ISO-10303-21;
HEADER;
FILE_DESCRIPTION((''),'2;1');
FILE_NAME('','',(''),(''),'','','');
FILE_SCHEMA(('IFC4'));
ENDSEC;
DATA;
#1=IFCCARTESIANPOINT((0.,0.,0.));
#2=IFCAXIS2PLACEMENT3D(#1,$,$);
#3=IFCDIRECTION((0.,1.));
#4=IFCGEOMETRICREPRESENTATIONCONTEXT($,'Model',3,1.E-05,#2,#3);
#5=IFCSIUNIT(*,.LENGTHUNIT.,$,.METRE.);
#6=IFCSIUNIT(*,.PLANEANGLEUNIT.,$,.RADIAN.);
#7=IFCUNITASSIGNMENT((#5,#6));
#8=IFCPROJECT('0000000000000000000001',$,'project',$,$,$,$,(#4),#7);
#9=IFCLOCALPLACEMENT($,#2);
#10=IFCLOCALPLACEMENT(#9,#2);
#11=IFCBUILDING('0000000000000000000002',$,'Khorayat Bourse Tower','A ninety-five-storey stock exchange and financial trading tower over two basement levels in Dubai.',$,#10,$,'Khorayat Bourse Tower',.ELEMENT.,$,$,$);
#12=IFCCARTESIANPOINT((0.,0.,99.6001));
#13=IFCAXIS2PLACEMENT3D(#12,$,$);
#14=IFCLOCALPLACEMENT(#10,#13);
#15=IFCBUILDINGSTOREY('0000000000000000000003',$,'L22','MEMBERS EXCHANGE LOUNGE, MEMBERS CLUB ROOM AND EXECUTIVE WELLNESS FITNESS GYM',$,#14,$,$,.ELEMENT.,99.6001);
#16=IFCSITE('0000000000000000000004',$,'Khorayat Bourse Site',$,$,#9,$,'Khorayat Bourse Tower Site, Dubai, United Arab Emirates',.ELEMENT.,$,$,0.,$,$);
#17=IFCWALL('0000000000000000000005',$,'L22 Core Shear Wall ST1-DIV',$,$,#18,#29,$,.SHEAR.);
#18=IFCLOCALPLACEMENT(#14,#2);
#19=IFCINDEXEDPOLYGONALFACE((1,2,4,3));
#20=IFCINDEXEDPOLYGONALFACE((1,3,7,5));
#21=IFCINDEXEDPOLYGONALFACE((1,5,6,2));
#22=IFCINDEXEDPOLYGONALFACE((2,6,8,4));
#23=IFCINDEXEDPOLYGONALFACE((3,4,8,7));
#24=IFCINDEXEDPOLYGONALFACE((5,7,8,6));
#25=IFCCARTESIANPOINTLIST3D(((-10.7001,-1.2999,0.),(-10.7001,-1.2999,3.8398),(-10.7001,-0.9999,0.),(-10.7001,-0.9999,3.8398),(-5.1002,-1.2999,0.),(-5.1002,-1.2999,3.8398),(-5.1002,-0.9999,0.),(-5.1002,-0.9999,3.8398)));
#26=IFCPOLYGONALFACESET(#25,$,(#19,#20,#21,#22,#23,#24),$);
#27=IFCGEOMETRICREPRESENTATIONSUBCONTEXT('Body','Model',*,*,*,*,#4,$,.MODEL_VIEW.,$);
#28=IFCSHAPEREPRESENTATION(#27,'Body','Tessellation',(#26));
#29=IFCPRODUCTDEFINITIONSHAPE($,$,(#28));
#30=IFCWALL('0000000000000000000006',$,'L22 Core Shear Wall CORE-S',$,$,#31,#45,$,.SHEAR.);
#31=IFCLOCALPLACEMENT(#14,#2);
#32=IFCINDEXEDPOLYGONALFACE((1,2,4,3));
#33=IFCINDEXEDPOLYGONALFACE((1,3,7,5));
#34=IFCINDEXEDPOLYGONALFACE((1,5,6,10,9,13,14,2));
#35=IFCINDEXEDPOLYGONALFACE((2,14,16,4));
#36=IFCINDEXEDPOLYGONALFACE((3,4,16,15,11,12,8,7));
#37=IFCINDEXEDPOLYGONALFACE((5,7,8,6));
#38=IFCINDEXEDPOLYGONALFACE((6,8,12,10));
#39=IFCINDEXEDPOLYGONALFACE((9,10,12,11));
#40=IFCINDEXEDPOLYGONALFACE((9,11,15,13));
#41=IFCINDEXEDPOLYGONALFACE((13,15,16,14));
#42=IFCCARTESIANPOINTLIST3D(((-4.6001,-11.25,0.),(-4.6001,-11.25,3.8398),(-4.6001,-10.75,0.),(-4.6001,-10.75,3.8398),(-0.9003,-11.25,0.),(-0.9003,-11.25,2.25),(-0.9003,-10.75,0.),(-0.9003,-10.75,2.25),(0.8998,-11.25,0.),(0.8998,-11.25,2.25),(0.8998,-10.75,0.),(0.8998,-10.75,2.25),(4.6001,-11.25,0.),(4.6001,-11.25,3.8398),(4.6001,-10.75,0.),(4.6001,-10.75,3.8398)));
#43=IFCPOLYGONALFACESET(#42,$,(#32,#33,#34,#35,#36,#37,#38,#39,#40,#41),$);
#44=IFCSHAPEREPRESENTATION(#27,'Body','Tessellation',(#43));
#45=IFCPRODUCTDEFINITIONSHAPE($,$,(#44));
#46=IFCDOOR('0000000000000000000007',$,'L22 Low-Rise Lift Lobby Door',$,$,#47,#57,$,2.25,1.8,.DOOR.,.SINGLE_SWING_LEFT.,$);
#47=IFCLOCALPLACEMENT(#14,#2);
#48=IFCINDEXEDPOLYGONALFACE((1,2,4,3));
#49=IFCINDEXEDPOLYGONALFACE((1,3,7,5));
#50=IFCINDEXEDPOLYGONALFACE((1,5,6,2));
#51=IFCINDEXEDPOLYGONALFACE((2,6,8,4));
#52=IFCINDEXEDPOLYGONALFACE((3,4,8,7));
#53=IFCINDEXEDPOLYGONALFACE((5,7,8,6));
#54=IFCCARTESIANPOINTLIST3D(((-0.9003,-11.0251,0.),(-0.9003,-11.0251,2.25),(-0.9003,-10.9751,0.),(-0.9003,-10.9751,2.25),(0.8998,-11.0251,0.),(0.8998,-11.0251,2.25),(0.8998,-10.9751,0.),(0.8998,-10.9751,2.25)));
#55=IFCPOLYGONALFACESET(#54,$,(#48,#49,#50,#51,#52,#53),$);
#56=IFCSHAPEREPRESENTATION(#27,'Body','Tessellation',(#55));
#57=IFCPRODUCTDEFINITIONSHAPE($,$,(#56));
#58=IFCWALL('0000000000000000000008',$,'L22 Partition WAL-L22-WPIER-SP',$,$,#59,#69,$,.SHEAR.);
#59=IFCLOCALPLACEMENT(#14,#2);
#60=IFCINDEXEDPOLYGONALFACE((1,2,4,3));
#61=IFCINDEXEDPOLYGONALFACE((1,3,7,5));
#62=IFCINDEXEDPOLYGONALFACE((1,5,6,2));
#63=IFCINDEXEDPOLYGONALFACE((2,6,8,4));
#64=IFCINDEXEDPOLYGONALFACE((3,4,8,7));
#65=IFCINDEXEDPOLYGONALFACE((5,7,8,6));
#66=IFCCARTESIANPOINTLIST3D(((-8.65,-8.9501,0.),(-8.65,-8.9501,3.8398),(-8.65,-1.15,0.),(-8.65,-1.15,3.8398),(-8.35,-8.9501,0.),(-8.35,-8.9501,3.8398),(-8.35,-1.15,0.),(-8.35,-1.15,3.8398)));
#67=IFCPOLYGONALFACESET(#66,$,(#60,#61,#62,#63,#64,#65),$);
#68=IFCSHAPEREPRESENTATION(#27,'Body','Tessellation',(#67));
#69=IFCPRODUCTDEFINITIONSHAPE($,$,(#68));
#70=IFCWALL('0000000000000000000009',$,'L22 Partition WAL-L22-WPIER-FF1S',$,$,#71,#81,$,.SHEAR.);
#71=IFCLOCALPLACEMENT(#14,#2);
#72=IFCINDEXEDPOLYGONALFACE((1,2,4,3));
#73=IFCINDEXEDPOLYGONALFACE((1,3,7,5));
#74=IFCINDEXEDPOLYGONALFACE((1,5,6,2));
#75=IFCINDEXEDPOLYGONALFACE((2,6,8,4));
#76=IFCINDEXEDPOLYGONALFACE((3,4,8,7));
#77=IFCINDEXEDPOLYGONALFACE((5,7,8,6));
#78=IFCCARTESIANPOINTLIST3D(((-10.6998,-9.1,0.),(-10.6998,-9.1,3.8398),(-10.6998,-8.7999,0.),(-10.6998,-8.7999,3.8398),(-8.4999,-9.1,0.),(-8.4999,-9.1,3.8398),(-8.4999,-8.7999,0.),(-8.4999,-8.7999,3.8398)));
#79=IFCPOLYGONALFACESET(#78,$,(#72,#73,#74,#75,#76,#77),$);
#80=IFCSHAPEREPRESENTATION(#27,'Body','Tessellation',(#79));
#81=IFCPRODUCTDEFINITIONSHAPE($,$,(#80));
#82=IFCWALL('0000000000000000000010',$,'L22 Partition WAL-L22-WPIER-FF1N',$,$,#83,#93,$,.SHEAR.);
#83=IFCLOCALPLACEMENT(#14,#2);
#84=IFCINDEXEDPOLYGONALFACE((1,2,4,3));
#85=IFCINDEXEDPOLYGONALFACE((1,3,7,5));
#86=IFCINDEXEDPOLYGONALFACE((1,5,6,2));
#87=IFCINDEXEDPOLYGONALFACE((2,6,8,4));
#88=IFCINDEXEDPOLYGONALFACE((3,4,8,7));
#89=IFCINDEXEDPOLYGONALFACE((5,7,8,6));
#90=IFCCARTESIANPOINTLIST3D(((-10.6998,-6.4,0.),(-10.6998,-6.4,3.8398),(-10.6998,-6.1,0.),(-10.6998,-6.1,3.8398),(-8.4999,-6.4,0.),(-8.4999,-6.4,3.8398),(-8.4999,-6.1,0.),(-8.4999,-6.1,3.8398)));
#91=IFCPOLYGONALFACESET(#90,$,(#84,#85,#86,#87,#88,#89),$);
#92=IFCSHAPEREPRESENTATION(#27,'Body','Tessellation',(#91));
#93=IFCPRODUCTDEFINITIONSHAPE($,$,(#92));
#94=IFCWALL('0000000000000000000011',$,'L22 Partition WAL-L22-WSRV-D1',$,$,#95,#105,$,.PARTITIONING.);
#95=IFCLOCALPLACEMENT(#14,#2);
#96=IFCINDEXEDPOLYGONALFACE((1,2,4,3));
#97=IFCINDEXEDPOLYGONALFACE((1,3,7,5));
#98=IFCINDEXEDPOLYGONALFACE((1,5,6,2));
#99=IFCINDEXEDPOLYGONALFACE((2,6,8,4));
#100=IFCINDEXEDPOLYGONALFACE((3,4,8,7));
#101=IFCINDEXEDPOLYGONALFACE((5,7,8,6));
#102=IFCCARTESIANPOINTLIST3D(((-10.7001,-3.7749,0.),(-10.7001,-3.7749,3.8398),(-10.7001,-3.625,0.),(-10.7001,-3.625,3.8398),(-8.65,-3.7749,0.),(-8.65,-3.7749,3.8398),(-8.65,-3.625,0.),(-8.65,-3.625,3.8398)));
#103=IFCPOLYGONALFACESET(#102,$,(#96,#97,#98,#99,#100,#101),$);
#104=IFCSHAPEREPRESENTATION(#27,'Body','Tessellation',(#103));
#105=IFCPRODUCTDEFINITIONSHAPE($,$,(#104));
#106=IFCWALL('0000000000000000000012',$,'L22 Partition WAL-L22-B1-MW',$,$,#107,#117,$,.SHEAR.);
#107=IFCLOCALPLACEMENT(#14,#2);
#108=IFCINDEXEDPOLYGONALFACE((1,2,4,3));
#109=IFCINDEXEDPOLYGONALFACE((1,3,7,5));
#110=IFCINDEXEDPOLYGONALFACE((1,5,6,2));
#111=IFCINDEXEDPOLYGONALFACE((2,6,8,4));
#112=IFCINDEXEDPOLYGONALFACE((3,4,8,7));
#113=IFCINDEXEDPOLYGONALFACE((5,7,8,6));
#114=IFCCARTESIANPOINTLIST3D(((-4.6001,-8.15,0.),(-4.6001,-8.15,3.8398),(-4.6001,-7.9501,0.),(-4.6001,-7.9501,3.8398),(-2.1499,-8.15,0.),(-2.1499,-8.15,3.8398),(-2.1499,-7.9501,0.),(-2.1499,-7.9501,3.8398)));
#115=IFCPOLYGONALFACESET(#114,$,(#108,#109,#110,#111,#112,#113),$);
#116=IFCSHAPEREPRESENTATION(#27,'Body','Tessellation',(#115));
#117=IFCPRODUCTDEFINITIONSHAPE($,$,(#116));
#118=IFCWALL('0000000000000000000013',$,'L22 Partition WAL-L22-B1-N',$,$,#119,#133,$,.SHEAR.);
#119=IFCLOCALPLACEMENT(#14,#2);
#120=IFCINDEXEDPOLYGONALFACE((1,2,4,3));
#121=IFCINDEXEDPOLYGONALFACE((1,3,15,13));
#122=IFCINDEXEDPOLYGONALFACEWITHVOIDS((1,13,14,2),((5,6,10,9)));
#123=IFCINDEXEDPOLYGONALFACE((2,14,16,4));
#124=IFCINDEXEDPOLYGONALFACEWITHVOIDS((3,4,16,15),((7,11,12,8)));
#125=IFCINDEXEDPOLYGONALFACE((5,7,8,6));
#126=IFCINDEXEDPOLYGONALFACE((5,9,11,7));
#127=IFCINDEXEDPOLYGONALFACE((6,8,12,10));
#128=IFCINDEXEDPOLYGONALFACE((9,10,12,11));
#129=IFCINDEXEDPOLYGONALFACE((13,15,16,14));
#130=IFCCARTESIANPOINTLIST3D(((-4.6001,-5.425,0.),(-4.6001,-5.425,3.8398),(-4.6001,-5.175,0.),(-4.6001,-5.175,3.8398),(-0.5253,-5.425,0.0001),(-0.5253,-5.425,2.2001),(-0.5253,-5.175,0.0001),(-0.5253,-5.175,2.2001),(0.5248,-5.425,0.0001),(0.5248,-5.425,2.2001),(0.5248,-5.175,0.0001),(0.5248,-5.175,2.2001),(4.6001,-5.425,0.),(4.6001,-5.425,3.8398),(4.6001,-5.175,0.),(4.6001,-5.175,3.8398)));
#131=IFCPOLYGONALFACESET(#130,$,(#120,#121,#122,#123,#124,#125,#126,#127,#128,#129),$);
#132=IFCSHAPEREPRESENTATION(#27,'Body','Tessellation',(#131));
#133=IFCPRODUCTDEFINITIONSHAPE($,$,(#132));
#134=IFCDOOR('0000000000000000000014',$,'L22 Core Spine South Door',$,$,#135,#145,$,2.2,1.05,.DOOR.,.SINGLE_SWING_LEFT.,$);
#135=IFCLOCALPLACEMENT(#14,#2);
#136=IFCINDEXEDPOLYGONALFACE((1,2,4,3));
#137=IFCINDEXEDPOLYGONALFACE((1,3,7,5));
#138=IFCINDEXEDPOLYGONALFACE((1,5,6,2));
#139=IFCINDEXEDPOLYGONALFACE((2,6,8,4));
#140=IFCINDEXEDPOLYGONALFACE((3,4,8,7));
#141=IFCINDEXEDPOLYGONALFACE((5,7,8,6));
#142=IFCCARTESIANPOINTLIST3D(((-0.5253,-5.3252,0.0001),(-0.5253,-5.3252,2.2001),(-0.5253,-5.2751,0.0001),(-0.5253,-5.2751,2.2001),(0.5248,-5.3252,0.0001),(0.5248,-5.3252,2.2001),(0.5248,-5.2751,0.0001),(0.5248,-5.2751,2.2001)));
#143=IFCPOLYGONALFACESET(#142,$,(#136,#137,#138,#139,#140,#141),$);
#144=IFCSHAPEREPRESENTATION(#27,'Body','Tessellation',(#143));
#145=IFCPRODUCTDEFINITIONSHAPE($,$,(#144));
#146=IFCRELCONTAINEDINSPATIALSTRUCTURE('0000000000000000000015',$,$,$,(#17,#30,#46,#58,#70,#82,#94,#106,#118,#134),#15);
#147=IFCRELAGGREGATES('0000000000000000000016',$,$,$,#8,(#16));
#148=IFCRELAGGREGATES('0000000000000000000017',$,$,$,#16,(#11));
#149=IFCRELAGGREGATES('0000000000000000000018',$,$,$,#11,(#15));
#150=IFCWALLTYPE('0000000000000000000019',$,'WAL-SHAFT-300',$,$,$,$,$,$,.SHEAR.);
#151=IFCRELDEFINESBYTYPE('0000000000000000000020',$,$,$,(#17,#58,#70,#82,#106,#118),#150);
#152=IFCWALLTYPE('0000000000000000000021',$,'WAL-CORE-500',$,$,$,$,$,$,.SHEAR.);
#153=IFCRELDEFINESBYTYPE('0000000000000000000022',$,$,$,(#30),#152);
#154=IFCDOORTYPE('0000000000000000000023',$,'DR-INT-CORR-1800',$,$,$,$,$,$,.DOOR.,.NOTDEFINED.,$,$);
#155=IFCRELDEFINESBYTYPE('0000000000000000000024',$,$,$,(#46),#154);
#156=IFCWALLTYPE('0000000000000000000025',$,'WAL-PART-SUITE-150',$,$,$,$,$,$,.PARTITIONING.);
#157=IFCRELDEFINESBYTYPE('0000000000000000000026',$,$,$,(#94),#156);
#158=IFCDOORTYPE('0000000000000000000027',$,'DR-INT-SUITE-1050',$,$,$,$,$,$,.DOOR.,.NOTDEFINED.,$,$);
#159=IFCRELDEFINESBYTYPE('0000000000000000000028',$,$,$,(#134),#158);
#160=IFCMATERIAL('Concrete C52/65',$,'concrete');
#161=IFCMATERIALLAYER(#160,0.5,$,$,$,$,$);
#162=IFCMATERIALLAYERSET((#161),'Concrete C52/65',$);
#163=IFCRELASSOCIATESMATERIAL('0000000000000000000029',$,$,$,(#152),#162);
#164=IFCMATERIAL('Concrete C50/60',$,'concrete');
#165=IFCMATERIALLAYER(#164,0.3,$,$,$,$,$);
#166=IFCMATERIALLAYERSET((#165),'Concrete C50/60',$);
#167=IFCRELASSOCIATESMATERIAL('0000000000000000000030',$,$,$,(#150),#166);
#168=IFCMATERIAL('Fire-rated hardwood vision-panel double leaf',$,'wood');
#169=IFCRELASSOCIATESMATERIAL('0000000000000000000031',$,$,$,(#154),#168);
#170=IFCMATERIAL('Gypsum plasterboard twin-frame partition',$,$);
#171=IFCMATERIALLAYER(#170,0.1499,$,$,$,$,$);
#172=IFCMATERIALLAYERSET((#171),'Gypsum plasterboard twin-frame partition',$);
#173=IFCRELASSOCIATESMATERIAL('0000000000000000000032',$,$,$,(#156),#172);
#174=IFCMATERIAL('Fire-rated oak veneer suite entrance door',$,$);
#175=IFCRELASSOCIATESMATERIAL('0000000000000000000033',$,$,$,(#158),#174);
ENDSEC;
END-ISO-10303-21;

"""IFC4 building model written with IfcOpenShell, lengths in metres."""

from ifc_helpers import new_model, si_unit, direction, frame, frame_2d, origin, place, context, subcontext, project, spatial, rectangle, extrude, source, transform, mapped, material, layer, layer_set, type_object, element, fill, save


model = new_model("IFC4")

# Units and contexts
model_context = context("Model", 3, precision=1e-05, world=origin(), true_north=direction((0.0, 1.0)))
body_context = subcontext(model_context, "Body", "Model", "MODEL_VIEW")
ifc_project = project(units=[si_unit("LENGTHUNIT", "METRE"), si_unit("PLANEANGLEUNIT", "RADIAN")], contexts=[model_context])

# Site, building, storey
site_placement = place(None, origin())
site = spatial("IfcSite", under=ifc_project, at=site_placement, Name="Khorayat Bourse Site", LongName="Khorayat Bourse Tower Site, Dubai, United Arab Emirates", CompositionType="ELEMENT", RefElevation=0.0)
building_placement = place(site_placement, origin())
building = spatial("IfcBuilding", under=site, at=building_placement, Name="Khorayat Bourse Tower", Description="A ninety-five-storey stock exchange and financial trading tower over two basement levels in Dubai.", LongName="Khorayat Bourse Tower", CompositionType="ELEMENT")
storey_placement = place(building_placement, frame((0.0, 0.0, 99.6001)))
storey = spatial("IfcBuildingStorey", under=building, at=storey_placement, Name="L22", Description="MEMBERS EXCHANGE LOUNGE, MEMBERS CLUB ROOM AND EXECUTIVE WELLNESS FITNESS GYM", CompositionType="ELEMENT", Elevation=99.6001)

# Wall
ifc_material_1 = material(Name="Concrete C52/65", Category="concrete")
ifc_layer_1 = layer(ifc_material_1, 0.5)
ifc_layer_set_1 = layer_set([ifc_layer_1], Name="Concrete C52/65")
wall_type_1 = type_object("IfcWallType", Name="WAL-CORE-500", PredefinedType="SHEAR", material=ifc_layer_set_1)
ifc_material_2 = material(Name="Concrete C50/60", Category="concrete")
ifc_layer_2 = layer(ifc_material_2, 0.3)
ifc_layer_set_2 = layer_set([ifc_layer_2], Name="Concrete C50/60")
wall_type_2 = type_object("IfcWallType", Name="WAL-SHAFT-300", PredefinedType="SHEAR", material=ifc_layer_set_2)
shared_shape_1 = source(origin(), body_context, "Body", "SweptSolid", [
    extrude(rectangle(XDim=5.5999, YDim=0.3, at=frame_2d((2.7998, 0.0))), origin(), (0.0, 0.0, 1.0), 3.8398),
])
wall_1_placement = place(storey_placement, frame((-10.7, -1.1499, 0.0), z_axis=(0.0, 0.0, 1.0), x_axis=(1.0, 0.0, 0.0)))
element("IfcWall", 1, at=wall_1_placement, inside=storey, type_object=wall_type_2, Name="L22 Core Shear Wall ST1-DIV", PredefinedType="SHEAR", context=body_context, shape_type="MappedRepresentation", body=[
    mapped(shared_shape_1, transform((0.0, 0.0, 0.0), scale=1.0)),
])

# Wall, opening, door
shared_shape_2 = source(origin(), body_context, "Body", "SweptSolid", [
    extrude(rectangle(XDim=9.2002, YDim=0.5, at=frame_2d((4.6001, 0.0))), origin(), (0.0, 0.0, 1.0), 3.8398),
])
wall_2_placement = place(storey_placement, frame((-4.6001, -11.0, 0.0), z_axis=(0.0, 0.0, 1.0), x_axis=(1.0, 0.0, 0.0)))
wall_2 = element("IfcWall", 2, at=wall_2_placement, inside=storey, type_object=wall_type_1, Name="L22 Core Shear Wall CORE-S", PredefinedType="SHEAR", context=body_context, shape_type="MappedRepresentation", body=[
    mapped(shared_shape_2, transform((0.0, 0.0, 0.0), scale=1.0)),
])
shared_shape_3 = source(origin(), body_context, "Body", "SweptSolid", [
    extrude(rectangle(XDim=1.8, YDim=2.25, at=frame_2d((0.8999, 1.125))), frame((0.0, 0.26, 0.0), z_axis=(0.0, -1.0, 0.0), x_axis=(1.0, 0.0, 0.0)), (0.0, 0.0, 1.0), 0.52),
])
opening_1_placement = place(wall_2_placement, frame((3.7, 0.0, 0.0)))
opening_1 = element("IfcOpeningElement", 3, at=opening_1_placement, cuts=wall_2, PredefinedType="OPENING", context=body_context, shape_type="MappedRepresentation", body=[
    mapped(shared_shape_3, transform((0.0, 0.0, 0.0), scale=1.0)),
])
ifc_material_3 = material(Name="Fire-rated hardwood vision-panel double leaf", Category="wood")
door_type_1 = type_object("IfcDoorType", Name="DR-INT-CORR-1800", OperationType="NOTDEFINED", PredefinedType="DOOR", material=ifc_material_3)
shared_shape_4 = source(origin(), body_context, "Body", "SweptSolid", [
    extrude(rectangle(XDim=1.8, YDim=2.25, at=frame_2d((0.8999, 1.125))), frame((0.0, 0.0249, 0.0), z_axis=(0.0, -1.0, 0.0), x_axis=(1.0, 0.0, 0.0)), (0.0, 0.0, 1.0), 0.05),
])
door_1_placement = place(opening_1_placement, origin())
door_1 = element("IfcDoor", 4, at=door_1_placement, inside=storey, type_object=door_type_1, Name="L22 Low-Rise Lift Lobby Door", OperationType="SINGLE_SWING_LEFT", OverallHeight=2.25, OverallWidth=1.8, PredefinedType="DOOR", context=body_context, shape_type="MappedRepresentation", body=[
    mapped(shared_shape_4, transform((0.0, 0.0, 0.0), scale=1.0)),
])
fill(opening_1, door_1)

# Walls
shared_shape_5 = source(origin(), body_context, "Body", "SweptSolid", [
    extrude(rectangle(XDim=7.8, YDim=0.3, at=frame_2d((3.8999, 0.0))), origin(), (0.0, 0.0, 1.0), 3.8398),
])
wall_3_placement = place(storey_placement, frame((-8.5, -8.95, 0.0), z_axis=(0.0, 0.0, 1.0), x_axis=(0.0, 1.0, 0.0)))
element("IfcWall", 5, at=wall_3_placement, inside=storey, type_object=wall_type_2, Name="L22 Partition WAL-L22-WPIER-SP", PredefinedType="SHEAR", context=body_context, shape_type="MappedRepresentation", body=[
    mapped(shared_shape_5, transform((0.0, 0.0, 0.0), scale=1.0)),
])
shared_shape_6 = source(origin(), body_context, "Body", "SweptSolid", [
    extrude(rectangle(XDim=2.2, YDim=0.3, at=frame_2d((1.1001, 0.0))), origin(), (0.0, 0.0, 1.0), 3.8398),
])
for number, where, z_axis, x_axis, name in (
    (6, (-10.7, -8.95, 0.0), (0.0, 0.0, 1.0), (1.0, 0.0, 0.0), "L22 Partition WAL-L22-WPIER-FF1S"),
    (7, (-10.7, -6.25, 0.0), (0.0, 0.0, 1.0), (1.0, 0.0, 0.0), "L22 Partition WAL-L22-WPIER-FF1N"),
):
    element("IfcWall", number, at=place(storey_placement, frame(where, z_axis=z_axis, x_axis=x_axis)), inside=storey, type_object=wall_type_2, Name=name, PredefinedType="SHEAR", context=body_context, shape_type="MappedRepresentation", body=[
        mapped(shared_shape_6, transform((0.0, 0.0, 0.0), scale=1.0)),
    ])
ifc_material_4 = material(Name="Gypsum plasterboard twin-frame partition")
ifc_layer_3 = layer(ifc_material_4, 0.1499)
ifc_layer_set_3 = layer_set([ifc_layer_3], Name="Gypsum plasterboard twin-frame partition")
wall_type_3 = type_object("IfcWallType", Name="WAL-PART-SUITE-150", PredefinedType="PARTITIONING", material=ifc_layer_set_3)
shared_shape_7 = source(origin(), body_context, "Body", "SweptSolid", [
    extrude(rectangle(XDim=2.05, YDim=0.1499, at=frame_2d((1.0249, 0.0))), origin(), (0.0, 0.0, 1.0), 3.8398),
])
wall_4_placement = place(storey_placement, frame((-10.7, -3.7, 0.0), z_axis=(0.0, 0.0, 1.0), x_axis=(1.0, 0.0, 0.0)))
element("IfcWall", 8, at=wall_4_placement, inside=storey, type_object=wall_type_3, Name="L22 Partition WAL-L22-WSRV-D1", PredefinedType="PARTITIONING", context=body_context, shape_type="MappedRepresentation", body=[
    mapped(shared_shape_7, transform((0.0, 0.0, 0.0), scale=1.0)),
])
shared_shape_8 = source(origin(), body_context, "Body", "SweptSolid", [
    extrude(rectangle(XDim=2.4502, YDim=0.2, at=frame_2d((1.2251, 0.0))), origin(), (0.0, 0.0, 1.0), 3.8398),
])
wall_5_placement = place(storey_placement, frame((-4.6001, -8.05, 0.0), z_axis=(0.0, 0.0, 1.0), x_axis=(1.0, 0.0, 0.0)))
element("IfcWall", 9, at=wall_5_placement, inside=storey, type_object=wall_type_2, Name="L22 Partition WAL-L22-B1-MW", PredefinedType="SHEAR", context=body_context, shape_type="MappedRepresentation", body=[
    mapped(shared_shape_8, transform((0.0, 0.0, 0.0), scale=1.0)),
])

# Wall, opening, door
shared_shape_9 = source(origin(), body_context, "Body", "SweptSolid", [
    extrude(rectangle(XDim=9.2002, YDim=0.25, at=frame_2d((4.6001, 0.0))), origin(), (0.0, 0.0, 1.0), 3.8398),
])
wall_6_placement = place(storey_placement, frame((-4.6001, -5.3, 0.0), z_axis=(0.0, 0.0, 1.0), x_axis=(1.0, 0.0, 0.0)))
wall_6 = element("IfcWall", 10, at=wall_6_placement, inside=storey, type_object=wall_type_2, Name="L22 Partition WAL-L22-B1-N", PredefinedType="SHEAR", context=body_context, shape_type="MappedRepresentation", body=[
    mapped(shared_shape_9, transform((0.0, 0.0, 0.0), scale=1.0)),
])
shared_shape_10 = source(origin(), body_context, "Body", "SweptSolid", [
    extrude(rectangle(XDim=1.05, YDim=2.2, at=frame_2d((0.5249, 1.1001))), frame((0.0, 0.135, 0.0), z_axis=(0.0, -1.0, 0.0), x_axis=(1.0, 0.0, 0.0)), (0.0, 0.0, 1.0), 0.27),
])
opening_2_placement = place(wall_6_placement, frame((4.075, 0.0, 0.0)))
opening_2 = element("IfcOpeningElement", 11, at=opening_2_placement, cuts=wall_6, PredefinedType="OPENING", context=body_context, shape_type="MappedRepresentation", body=[
    mapped(shared_shape_10, transform((0.0, 0.0, 0.0), scale=1.0)),
])
ifc_material_5 = material(Name="Fire-rated oak veneer suite entrance door")
door_type_2 = type_object("IfcDoorType", Name="DR-INT-SUITE-1050", OperationType="NOTDEFINED", PredefinedType="DOOR", material=ifc_material_5)
shared_shape_11 = source(origin(), body_context, "Body", "SweptSolid", [
    extrude(rectangle(XDim=1.05, YDim=2.2, at=frame_2d((0.5249, 1.1001))), frame((0.0, 0.0249, 0.0), z_axis=(0.0, -1.0, 0.0), x_axis=(1.0, 0.0, 0.0)), (0.0, 0.0, 1.0), 0.05),
])
door_2_placement = place(opening_2_placement, origin())
door_2 = element("IfcDoor", 12, at=door_2_placement, inside=storey, type_object=door_type_2, Name="L22 Core Spine South Door", OperationType="SINGLE_SWING_LEFT", OverallHeight=2.2, OverallWidth=1.05, PredefinedType="DOOR", context=body_context, shape_type="MappedRepresentation", body=[
    mapped(shared_shape_11, transform((0.0, 0.0, 0.0), scale=1.0)),
])
fill(opening_2, door_2)

save(model, "model.ifc")
